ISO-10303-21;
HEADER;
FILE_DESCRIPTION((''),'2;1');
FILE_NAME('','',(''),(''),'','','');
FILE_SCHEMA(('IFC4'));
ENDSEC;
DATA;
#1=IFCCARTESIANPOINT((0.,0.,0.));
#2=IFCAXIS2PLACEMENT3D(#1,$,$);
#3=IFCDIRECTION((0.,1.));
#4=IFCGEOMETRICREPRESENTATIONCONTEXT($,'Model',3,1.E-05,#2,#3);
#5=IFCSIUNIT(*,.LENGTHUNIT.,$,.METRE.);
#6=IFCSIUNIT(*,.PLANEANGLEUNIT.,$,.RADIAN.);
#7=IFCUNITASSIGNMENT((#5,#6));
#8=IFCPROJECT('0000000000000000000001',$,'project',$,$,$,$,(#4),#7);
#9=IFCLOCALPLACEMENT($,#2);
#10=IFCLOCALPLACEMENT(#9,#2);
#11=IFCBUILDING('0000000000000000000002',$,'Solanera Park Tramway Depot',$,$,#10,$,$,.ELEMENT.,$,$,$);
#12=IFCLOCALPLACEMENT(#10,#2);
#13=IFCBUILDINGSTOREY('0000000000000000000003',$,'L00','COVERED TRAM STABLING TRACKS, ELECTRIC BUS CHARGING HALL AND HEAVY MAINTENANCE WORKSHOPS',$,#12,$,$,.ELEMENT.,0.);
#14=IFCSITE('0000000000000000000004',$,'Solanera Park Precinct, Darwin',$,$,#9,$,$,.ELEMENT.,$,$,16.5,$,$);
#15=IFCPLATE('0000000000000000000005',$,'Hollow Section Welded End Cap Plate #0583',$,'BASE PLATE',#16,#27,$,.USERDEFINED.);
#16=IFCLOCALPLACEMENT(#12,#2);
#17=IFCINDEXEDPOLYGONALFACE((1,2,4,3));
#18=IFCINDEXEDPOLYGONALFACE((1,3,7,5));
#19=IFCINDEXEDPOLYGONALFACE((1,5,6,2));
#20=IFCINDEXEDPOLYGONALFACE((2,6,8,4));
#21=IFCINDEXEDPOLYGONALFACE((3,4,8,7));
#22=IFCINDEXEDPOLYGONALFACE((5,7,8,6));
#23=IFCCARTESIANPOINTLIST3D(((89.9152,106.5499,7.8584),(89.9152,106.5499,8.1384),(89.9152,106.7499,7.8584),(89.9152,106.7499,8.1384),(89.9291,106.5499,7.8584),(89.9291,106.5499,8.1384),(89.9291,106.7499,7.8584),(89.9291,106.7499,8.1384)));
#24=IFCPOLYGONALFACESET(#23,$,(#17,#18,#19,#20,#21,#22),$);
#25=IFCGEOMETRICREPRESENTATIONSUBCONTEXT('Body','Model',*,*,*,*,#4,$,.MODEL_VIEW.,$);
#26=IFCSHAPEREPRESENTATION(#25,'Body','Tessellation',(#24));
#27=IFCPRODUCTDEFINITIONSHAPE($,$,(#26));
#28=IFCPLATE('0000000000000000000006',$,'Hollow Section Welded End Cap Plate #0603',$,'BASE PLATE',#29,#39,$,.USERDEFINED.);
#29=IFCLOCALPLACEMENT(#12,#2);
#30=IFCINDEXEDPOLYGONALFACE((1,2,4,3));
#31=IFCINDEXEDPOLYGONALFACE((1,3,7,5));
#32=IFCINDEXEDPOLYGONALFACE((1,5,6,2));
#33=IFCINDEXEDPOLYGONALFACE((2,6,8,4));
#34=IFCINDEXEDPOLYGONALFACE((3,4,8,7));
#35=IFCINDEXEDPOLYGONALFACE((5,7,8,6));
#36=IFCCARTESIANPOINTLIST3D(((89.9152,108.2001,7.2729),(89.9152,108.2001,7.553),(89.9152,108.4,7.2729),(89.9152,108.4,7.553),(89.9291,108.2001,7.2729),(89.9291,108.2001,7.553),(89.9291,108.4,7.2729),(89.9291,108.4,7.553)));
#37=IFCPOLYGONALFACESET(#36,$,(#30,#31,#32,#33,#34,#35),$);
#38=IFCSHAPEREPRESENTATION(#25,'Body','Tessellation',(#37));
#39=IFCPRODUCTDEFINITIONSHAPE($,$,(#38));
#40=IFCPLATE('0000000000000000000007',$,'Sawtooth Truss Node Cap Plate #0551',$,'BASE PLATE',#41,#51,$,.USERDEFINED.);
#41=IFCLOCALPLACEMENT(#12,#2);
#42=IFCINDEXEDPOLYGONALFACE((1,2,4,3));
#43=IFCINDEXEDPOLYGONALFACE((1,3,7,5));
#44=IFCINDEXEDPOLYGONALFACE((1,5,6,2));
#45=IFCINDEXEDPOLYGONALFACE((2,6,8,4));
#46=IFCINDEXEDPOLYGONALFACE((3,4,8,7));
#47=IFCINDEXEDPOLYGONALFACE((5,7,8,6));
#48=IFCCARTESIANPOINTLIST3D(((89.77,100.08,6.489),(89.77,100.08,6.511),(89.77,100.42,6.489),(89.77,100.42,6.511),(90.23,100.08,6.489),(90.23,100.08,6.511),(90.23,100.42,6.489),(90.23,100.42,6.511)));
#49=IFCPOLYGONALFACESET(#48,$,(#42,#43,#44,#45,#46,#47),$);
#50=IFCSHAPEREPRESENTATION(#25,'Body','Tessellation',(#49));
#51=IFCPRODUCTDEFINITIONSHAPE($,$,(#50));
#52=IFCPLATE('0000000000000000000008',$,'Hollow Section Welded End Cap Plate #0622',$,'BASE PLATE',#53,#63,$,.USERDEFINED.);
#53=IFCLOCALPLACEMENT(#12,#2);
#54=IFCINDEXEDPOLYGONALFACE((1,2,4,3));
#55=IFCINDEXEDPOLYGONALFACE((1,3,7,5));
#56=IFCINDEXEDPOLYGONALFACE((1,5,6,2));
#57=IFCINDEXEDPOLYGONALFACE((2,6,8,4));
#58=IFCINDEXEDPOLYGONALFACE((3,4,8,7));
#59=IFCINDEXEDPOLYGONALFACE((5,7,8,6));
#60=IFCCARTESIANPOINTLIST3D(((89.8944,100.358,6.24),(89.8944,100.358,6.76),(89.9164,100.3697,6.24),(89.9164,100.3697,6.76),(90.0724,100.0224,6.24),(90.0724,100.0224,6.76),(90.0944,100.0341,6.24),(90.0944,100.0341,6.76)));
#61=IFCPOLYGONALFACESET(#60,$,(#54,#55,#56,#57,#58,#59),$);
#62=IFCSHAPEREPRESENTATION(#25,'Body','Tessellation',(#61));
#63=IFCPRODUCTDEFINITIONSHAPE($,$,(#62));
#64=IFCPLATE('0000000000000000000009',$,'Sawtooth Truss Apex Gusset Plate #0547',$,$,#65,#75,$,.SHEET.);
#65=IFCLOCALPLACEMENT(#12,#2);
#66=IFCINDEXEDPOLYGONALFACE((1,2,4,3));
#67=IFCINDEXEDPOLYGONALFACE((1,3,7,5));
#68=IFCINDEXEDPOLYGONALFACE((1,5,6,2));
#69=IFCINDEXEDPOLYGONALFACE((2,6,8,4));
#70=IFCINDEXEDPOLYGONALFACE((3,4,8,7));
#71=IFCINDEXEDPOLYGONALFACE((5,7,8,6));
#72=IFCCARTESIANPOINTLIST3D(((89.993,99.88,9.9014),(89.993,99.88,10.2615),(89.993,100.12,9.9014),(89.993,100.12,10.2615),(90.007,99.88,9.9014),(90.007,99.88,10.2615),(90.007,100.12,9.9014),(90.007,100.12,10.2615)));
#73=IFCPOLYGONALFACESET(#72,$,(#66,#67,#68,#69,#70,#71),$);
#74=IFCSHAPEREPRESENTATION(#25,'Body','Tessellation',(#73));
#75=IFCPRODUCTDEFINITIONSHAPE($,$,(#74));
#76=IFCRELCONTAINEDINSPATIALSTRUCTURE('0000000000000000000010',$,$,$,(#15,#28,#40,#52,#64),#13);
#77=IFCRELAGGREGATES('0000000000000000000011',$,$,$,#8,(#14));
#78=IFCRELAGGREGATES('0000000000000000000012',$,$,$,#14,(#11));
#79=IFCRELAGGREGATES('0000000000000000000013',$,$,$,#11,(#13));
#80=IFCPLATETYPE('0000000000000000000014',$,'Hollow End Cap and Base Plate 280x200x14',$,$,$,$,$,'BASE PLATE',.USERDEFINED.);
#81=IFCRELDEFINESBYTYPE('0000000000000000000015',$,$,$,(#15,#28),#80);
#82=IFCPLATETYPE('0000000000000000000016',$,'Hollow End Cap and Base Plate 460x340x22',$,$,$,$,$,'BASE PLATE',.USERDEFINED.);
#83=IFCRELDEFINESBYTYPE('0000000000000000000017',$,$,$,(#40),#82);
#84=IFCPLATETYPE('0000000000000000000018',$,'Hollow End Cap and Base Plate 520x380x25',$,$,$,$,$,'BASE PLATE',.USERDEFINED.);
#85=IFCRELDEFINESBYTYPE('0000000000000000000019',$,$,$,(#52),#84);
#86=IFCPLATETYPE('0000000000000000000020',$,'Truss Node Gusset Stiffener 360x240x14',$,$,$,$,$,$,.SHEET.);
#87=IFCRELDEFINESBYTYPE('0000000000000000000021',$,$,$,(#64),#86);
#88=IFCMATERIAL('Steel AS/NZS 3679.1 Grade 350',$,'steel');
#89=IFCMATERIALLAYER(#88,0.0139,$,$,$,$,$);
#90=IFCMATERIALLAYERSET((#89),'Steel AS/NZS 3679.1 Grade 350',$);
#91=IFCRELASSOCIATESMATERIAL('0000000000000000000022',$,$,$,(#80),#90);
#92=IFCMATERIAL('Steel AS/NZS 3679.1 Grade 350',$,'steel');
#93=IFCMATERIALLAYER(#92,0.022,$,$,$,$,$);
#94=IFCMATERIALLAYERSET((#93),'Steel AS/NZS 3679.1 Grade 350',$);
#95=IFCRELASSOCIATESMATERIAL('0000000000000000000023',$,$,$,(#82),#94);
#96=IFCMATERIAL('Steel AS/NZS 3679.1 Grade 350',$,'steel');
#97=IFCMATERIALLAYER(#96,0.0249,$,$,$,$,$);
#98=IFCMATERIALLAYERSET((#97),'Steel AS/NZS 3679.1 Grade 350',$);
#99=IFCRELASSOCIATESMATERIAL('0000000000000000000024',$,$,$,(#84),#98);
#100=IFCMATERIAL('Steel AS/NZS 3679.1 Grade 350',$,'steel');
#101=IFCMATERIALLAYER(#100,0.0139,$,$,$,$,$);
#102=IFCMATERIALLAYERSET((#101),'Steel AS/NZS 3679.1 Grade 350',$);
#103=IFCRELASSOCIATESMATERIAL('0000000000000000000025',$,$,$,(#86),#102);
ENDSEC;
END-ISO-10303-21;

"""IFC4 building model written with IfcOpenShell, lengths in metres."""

from ifc_helpers import new_model, si_unit, direction, frame, origin, origin_2d, place, context, subcontext, project, spatial, rectangle, extrude, material, layer, layer_set, type_object, element, save


model = new_model("IFC4")

# Units and contexts
model_context = context("Model", 3, precision=1e-05, world=origin(), true_north=direction((0.0, 1.0)))
body_context = subcontext(model_context, "Body", "Model", "MODEL_VIEW")
ifc_project = project(units=[si_unit("LENGTHUNIT", "METRE"), si_unit("PLANEANGLEUNIT", "RADIAN")], contexts=[model_context])

# Site, building, storey
site_placement = place(None, origin())
site = spatial("IfcSite", under=ifc_project, at=site_placement, Name="Solanera Park Precinct, Darwin", CompositionType="ELEMENT", RefElevation=16.5)
building_placement = place(site_placement, origin())
building = spatial("IfcBuilding", under=site, at=building_placement, Name="Solanera Park Tramway Depot", CompositionType="ELEMENT")
storey_placement = place(building_placement, origin())
storey = spatial("IfcBuildingStorey", under=building, at=storey_placement, Name="L00", Description="COVERED TRAM STABLING TRACKS, ELECTRIC BUS CHARGING HALL AND HEAVY MAINTENANCE WORKSHOPS", CompositionType="ELEMENT", Elevation=0.0)

# Plates
ifc_material_1 = material(Name="Steel AS/NZS 3679.1 Grade 350", Category="steel")
ifc_layer_1 = layer(ifc_material_1, 0.0139)
ifc_layer_set_1 = layer_set([ifc_layer_1], Name="Steel AS/NZS 3679.1 Grade 350")
plate_type_1 = type_object("IfcPlateType", Name="Hollow End Cap and Base Plate 280x200x14", ElementType="BASE PLATE", PredefinedType="USERDEFINED", material=ifc_layer_set_1)
for number, where, z_axis, x_axis, name in (
    (1, (89.9221, 106.6499, 7.8584), (0.0, 0.0, 1.0), (1.0, 0.0, 0.0), "Hollow Section Welded End Cap Plate #0583"),
    (2, (89.9221, 108.3, 7.2729), (0.0, 0.0, 1.0), (1.0, 0.0, 0.0), "Hollow Section Welded End Cap Plate #0603"),
):
    element("IfcPlate", number, at=place(storey_placement, frame(where, z_axis=z_axis, x_axis=x_axis)), inside=storey, type_object=plate_type_1, Name=name, ObjectType="BASE PLATE", PredefinedType="USERDEFINED", context=body_context, shape_type="SweptSolid", body=[
        extrude(rectangle(XDim=0.0139, YDim=0.2, at=origin_2d()), origin(), (0.0, 0.0, 1.0), 0.28),
    ])
ifc_material_2 = material(Name="Steel AS/NZS 3679.1 Grade 350", Category="steel")
ifc_layer_2 = layer(ifc_material_2, 0.022)
ifc_layer_set_2 = layer_set([ifc_layer_2], Name="Steel AS/NZS 3679.1 Grade 350")
plate_type_2 = type_object("IfcPlateType", Name="Hollow End Cap and Base Plate 460x340x22", ElementType="BASE PLATE", PredefinedType="USERDEFINED", material=ifc_layer_set_2)
plate_1_placement = place(storey_placement, frame((90.0, 100.25, 6.489), z_axis=(0.0, 0.0, 1.0), x_axis=(1.0, 0.0, 0.0)))
element("IfcPlate", 3, at=plate_1_placement, inside=storey, type_object=plate_type_2, Name="Sawtooth Truss Node Cap Plate #0551", ObjectType="BASE PLATE", PredefinedType="USERDEFINED", context=body_context, shape_type="SweptSolid", body=[
    extrude(rectangle(XDim=0.46, YDim=0.3401, at=origin_2d()), origin(), (0.0, 0.0, 1.0), 0.022),
])
ifc_material_3 = material(Name="Steel AS/NZS 3679.1 Grade 350", Category="steel")
ifc_layer_3 = layer(ifc_material_3, 0.0249)
ifc_layer_set_3 = layer_set([ifc_layer_3], Name="Steel AS/NZS 3679.1 Grade 350")
plate_type_3 = type_object("IfcPlateType", Name="Hollow End Cap and Base Plate 520x380x25", ElementType="BASE PLATE", PredefinedType="USERDEFINED", material=ifc_layer_set_3)
plate_2_placement = place(storey_placement, frame((89.9944, 100.196, 6.24), z_axis=(0.0, 0.0, 1.0), x_axis=(0.883521, 0.468392, 0.0)))
element("IfcPlate", 4, at=plate_2_placement, inside=storey, type_object=plate_type_3, Name="Hollow Section Welded End Cap Plate #0622", ObjectType="BASE PLATE", PredefinedType="USERDEFINED", context=body_context, shape_type="SweptSolid", body=[
    extrude(rectangle(XDim=0.0249, YDim=0.3799, at=origin_2d()), origin(), (0.0, 0.0, 1.0), 0.52),
])
ifc_material_4 = material(Name="Steel AS/NZS 3679.1 Grade 350", Category="steel")
ifc_layer_4 = layer(ifc_material_4, 0.0139)
ifc_layer_set_4 = layer_set([ifc_layer_4], Name="Steel AS/NZS 3679.1 Grade 350")
plate_type_4 = type_object("IfcPlateType", Name="Truss Node Gusset Stiffener 360x240x14", PredefinedType="SHEET", material=ifc_layer_set_4)
plate_3_placement = place(storey_placement, frame((90.0, 100.0, 9.9014), z_axis=(0.0, 0.0, 1.0), x_axis=(1.0, 0.0, 0.0)))
element("IfcPlate", 5, at=plate_3_placement, inside=storey, type_object=plate_type_4, Name="Sawtooth Truss Apex Gusset Plate #0547", PredefinedType="SHEET", context=body_context, shape_type="SweptSolid", body=[
    extrude(rectangle(XDim=0.0139, YDim=0.24, at=origin_2d()), origin(), (0.0, 0.0, 1.0), 0.3601),
])

save(model, "model.ifc")
